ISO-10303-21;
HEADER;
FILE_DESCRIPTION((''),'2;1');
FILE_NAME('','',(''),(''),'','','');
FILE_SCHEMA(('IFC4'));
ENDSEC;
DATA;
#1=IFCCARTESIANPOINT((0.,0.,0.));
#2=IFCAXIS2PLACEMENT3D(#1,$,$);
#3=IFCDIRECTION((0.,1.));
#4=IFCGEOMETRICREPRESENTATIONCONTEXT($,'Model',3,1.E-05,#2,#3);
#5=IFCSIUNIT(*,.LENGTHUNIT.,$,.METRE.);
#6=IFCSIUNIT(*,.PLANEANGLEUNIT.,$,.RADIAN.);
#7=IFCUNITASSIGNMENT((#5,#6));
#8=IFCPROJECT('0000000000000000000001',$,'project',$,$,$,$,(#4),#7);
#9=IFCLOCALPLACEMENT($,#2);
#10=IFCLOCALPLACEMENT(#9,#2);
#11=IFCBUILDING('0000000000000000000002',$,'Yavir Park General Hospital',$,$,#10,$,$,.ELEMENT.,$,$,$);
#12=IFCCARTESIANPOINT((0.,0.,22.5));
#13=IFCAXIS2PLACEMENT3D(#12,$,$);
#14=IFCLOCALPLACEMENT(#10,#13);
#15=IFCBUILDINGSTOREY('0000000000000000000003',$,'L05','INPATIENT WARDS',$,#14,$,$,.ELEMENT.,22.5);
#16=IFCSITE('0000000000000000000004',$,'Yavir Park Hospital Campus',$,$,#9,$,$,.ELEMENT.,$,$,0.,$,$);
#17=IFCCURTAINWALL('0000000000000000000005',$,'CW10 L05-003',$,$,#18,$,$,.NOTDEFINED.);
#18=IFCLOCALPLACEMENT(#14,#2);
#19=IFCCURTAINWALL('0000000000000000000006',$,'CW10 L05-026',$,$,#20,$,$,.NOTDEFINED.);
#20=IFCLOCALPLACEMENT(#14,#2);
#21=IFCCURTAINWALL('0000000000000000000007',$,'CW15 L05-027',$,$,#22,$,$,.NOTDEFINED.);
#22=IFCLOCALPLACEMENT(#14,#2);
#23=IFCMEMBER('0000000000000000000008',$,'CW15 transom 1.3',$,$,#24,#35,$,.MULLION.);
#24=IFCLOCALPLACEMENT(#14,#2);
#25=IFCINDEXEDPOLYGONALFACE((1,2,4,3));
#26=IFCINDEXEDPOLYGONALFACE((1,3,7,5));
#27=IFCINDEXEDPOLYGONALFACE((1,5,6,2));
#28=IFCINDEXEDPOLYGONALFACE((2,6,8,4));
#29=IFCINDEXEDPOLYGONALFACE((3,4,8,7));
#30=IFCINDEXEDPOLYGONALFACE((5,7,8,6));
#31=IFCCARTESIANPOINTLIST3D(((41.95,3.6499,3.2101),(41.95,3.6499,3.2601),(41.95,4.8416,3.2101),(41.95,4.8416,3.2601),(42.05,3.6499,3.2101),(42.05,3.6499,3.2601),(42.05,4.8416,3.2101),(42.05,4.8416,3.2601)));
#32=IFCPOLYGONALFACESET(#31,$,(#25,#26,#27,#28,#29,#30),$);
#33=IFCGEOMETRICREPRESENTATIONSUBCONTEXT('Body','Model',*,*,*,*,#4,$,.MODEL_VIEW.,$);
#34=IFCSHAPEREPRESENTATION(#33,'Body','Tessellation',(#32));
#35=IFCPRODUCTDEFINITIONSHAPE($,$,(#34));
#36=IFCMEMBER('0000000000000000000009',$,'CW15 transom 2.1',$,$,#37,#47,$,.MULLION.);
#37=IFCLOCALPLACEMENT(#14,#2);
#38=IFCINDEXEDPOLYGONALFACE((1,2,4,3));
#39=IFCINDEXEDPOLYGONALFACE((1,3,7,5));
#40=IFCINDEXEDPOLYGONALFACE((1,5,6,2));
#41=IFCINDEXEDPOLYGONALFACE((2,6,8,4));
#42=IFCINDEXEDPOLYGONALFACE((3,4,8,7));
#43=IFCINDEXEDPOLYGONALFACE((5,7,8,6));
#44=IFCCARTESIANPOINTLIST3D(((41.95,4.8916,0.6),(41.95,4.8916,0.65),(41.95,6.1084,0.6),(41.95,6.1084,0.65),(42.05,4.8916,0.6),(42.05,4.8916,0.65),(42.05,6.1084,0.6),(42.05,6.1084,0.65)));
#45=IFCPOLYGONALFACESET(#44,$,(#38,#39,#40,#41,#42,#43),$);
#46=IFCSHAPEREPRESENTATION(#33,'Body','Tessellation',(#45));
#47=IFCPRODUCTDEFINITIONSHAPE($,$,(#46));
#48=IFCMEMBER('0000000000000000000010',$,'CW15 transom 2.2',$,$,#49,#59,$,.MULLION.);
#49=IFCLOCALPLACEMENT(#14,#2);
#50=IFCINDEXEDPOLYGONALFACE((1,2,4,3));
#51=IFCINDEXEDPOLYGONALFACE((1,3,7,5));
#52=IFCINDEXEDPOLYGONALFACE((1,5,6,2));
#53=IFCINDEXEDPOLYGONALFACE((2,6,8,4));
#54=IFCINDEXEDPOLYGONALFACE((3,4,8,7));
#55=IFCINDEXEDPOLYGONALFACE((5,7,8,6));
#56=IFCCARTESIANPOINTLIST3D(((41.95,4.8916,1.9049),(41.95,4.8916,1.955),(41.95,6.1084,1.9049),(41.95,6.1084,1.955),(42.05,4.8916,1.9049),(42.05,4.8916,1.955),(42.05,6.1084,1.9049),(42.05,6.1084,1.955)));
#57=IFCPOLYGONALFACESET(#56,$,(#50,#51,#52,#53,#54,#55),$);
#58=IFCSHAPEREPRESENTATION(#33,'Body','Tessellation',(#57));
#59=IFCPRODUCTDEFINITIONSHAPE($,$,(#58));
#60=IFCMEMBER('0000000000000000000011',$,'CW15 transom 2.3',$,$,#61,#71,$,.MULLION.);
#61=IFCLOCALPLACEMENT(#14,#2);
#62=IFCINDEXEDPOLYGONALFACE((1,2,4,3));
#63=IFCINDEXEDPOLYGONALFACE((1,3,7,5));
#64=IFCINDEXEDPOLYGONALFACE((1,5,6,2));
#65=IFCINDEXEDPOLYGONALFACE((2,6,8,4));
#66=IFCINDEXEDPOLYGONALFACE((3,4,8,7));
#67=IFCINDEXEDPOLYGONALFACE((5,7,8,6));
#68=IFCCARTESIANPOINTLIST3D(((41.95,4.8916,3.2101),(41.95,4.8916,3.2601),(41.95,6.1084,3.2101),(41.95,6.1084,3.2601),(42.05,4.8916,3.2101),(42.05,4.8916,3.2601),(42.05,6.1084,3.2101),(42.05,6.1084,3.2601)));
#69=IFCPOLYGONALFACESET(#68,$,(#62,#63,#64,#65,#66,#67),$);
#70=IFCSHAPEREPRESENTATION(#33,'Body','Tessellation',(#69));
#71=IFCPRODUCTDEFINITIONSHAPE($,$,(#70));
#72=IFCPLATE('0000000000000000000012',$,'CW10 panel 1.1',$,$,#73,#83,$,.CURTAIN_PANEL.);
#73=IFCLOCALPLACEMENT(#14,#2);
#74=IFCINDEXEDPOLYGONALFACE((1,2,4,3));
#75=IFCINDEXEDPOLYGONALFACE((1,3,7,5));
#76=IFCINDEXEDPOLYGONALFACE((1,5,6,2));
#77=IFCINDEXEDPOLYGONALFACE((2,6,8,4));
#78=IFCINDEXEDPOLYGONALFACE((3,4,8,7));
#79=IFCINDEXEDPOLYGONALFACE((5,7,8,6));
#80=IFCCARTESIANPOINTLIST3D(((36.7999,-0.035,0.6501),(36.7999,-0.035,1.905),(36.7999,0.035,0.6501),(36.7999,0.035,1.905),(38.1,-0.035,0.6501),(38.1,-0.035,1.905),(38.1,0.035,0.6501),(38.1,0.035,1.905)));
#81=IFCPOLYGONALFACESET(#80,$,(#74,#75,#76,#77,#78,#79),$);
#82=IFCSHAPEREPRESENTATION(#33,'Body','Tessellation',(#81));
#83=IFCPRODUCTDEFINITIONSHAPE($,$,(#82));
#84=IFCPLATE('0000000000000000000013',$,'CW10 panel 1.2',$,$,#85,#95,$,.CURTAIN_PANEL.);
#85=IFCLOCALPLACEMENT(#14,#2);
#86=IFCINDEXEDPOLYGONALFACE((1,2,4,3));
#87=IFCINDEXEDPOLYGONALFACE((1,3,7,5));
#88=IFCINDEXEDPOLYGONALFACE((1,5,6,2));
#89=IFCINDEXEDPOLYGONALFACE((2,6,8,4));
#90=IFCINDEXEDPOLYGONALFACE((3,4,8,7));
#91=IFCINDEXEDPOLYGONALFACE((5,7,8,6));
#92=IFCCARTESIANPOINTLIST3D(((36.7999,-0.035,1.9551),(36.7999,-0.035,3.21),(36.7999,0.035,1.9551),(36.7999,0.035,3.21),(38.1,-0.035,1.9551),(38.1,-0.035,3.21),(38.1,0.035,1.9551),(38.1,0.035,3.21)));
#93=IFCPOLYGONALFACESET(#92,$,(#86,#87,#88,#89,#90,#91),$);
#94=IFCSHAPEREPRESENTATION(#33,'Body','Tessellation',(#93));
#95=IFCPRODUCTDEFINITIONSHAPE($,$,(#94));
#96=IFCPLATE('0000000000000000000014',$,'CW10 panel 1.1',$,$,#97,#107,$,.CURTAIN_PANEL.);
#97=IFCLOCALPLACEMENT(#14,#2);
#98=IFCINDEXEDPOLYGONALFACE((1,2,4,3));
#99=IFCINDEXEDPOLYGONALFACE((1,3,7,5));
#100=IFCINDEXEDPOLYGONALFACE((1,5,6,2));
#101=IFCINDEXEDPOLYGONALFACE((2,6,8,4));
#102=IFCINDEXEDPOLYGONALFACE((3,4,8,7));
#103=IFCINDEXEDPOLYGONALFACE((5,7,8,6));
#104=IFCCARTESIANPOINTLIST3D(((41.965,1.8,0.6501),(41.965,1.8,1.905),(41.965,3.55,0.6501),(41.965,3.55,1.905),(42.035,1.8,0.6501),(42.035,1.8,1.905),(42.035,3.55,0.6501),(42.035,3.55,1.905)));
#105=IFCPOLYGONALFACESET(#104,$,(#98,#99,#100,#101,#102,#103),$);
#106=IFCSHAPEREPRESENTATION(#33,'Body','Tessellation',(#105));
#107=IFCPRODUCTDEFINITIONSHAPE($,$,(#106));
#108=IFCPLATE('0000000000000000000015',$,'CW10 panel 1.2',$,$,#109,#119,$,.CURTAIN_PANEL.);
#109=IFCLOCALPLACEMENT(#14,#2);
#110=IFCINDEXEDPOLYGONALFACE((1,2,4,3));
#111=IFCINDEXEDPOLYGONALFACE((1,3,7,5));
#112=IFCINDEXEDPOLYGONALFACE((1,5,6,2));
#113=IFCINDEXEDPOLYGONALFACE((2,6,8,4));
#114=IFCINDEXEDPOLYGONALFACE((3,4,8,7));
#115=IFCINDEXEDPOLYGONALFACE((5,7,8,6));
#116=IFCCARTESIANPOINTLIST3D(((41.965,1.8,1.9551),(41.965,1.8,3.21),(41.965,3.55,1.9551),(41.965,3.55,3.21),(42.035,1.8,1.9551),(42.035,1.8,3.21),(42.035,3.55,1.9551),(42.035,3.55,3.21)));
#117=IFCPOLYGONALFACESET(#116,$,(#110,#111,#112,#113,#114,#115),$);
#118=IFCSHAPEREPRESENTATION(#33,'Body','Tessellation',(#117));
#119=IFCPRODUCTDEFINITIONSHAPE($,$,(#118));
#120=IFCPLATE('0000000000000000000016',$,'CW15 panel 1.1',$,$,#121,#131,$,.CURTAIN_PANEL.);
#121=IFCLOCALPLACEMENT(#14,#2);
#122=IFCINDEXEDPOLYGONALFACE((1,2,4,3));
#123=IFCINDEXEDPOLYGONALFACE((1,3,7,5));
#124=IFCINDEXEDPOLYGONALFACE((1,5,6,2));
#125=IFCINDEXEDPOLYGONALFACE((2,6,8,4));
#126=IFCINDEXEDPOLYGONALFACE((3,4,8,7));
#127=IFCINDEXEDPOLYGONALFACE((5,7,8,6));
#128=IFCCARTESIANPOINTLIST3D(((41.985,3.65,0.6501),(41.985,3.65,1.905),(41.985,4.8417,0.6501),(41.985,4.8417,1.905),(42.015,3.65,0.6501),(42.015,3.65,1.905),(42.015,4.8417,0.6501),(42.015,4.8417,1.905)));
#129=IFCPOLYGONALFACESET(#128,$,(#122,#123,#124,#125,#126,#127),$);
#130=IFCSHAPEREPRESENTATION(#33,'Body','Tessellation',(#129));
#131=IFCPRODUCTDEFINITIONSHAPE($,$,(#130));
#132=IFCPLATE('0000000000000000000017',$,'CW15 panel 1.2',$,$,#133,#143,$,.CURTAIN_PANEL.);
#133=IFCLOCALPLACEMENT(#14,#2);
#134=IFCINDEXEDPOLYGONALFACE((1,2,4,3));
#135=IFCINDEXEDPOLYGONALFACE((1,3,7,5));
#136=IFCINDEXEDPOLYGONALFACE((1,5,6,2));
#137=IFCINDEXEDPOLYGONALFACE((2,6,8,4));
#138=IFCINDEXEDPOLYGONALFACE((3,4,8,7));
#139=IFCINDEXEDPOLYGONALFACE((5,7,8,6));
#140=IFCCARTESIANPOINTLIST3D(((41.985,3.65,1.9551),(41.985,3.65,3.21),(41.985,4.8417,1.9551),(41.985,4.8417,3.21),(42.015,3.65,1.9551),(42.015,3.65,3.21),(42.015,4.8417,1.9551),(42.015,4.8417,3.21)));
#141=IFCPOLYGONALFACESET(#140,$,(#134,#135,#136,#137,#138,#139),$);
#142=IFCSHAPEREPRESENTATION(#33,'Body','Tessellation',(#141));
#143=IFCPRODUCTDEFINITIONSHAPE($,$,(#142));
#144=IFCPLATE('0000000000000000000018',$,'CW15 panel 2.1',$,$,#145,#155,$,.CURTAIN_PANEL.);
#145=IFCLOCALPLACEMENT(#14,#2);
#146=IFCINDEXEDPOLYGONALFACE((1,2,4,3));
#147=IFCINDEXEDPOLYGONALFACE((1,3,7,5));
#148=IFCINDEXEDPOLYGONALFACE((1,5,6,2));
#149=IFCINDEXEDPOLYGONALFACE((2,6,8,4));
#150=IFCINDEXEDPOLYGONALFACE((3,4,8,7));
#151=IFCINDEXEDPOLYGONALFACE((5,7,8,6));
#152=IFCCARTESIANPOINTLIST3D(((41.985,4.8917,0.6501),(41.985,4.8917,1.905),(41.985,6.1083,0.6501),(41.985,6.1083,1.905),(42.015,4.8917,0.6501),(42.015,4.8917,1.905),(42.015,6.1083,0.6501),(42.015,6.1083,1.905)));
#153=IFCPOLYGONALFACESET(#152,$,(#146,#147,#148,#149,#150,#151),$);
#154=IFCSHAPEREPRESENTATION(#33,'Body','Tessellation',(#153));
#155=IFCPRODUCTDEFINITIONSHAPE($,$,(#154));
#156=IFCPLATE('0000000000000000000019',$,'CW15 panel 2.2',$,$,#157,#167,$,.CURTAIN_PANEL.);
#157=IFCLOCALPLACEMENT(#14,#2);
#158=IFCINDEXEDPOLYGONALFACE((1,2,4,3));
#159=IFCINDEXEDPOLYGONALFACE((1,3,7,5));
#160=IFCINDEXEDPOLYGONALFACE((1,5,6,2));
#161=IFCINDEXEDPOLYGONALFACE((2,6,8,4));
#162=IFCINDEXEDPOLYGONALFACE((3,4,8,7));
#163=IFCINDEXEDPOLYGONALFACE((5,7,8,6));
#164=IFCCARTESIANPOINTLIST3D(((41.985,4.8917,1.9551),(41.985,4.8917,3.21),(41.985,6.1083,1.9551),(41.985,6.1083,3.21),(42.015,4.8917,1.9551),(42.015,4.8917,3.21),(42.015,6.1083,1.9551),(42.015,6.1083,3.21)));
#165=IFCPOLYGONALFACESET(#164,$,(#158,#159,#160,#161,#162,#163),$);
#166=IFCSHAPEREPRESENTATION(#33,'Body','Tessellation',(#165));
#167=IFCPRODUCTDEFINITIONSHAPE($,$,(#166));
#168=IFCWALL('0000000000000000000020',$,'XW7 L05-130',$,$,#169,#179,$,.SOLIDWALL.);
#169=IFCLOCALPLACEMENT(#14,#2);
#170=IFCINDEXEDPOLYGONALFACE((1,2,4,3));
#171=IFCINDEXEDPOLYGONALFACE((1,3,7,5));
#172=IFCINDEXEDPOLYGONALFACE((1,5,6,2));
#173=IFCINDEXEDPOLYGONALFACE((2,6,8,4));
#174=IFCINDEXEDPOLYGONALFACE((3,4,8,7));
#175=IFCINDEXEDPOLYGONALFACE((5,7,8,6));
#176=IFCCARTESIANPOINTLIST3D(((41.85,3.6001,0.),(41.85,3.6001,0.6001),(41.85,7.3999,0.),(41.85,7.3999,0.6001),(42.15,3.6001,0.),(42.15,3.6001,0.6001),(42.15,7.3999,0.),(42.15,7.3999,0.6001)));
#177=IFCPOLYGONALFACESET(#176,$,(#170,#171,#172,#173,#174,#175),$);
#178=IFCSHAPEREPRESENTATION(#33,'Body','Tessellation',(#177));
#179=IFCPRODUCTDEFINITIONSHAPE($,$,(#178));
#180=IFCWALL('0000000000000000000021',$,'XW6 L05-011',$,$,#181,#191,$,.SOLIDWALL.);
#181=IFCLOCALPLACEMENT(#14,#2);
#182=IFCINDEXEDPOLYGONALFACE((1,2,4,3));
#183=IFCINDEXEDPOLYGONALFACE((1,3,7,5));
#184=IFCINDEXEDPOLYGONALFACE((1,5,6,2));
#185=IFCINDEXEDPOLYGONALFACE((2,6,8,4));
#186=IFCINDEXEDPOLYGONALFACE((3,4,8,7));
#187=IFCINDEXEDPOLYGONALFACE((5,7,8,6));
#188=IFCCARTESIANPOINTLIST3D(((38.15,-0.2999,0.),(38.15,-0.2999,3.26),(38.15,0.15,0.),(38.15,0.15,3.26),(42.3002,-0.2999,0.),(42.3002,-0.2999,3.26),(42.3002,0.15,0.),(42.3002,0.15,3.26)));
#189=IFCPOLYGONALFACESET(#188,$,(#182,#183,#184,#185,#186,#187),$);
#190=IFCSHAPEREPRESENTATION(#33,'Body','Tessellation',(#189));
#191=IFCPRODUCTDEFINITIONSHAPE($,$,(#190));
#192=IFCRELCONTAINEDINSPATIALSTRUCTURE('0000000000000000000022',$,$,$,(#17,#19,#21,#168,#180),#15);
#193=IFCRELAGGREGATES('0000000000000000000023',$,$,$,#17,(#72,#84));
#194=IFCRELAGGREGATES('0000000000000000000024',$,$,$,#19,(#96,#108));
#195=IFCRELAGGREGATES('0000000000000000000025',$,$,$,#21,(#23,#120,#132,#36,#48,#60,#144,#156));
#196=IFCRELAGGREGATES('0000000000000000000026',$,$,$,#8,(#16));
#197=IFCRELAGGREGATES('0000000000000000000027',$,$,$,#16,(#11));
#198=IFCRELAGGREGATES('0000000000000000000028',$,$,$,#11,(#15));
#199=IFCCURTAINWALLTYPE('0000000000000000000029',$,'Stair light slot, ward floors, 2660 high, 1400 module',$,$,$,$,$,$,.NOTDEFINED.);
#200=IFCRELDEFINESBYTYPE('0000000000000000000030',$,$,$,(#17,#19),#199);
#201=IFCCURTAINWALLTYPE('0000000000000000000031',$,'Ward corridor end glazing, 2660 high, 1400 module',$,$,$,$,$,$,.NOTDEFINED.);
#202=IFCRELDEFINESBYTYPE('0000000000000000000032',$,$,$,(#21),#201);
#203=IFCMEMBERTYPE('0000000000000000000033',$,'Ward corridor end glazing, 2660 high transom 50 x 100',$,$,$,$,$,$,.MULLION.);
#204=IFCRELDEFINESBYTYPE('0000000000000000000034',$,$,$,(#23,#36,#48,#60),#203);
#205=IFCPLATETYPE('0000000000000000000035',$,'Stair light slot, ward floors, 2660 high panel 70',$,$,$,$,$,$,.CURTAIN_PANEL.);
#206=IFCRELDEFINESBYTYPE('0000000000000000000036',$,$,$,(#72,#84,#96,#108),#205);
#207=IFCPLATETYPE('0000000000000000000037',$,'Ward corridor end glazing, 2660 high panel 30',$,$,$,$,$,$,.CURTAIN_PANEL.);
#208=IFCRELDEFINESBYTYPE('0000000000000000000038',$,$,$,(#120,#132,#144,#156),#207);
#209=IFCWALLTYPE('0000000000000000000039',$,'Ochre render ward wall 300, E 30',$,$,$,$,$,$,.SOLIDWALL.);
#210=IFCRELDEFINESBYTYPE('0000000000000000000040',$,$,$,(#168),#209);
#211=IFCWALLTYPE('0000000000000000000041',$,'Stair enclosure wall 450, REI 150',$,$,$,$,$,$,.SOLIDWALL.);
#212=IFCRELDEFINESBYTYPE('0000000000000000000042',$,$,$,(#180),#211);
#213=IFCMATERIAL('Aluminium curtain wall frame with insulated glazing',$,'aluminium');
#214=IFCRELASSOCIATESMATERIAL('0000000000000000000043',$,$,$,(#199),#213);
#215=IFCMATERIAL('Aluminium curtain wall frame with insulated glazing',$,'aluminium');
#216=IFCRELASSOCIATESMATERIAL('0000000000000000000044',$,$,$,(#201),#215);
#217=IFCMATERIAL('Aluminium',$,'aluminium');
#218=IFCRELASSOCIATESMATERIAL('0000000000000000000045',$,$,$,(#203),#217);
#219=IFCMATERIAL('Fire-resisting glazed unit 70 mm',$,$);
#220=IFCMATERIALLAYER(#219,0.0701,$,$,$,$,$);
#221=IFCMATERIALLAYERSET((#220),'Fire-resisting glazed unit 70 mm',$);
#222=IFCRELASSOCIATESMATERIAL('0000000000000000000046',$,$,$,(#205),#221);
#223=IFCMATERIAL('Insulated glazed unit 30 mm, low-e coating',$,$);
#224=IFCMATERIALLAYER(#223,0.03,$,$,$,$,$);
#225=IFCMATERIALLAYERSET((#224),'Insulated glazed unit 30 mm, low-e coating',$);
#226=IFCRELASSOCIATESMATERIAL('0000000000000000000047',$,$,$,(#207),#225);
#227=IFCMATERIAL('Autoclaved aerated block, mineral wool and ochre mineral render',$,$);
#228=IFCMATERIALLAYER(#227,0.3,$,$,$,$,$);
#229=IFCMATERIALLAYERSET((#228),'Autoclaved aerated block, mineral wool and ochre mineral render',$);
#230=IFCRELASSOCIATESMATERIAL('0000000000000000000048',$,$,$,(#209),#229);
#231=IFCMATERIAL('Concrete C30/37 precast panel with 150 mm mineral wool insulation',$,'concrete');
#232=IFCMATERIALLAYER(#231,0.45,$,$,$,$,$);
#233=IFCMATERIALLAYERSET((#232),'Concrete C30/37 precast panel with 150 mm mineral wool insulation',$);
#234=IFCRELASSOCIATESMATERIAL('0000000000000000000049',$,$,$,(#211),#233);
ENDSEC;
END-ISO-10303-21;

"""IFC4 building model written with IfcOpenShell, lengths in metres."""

from ifc_helpers import new_model, si_unit, direction, frame, frame_2d, origin, origin_2d, place, context, subcontext, project, spatial, rectangle, extrude, material, layer, layer_set, material_profile, profile_set, type_object, element, aggregate, save


model = new_model("IFC4")

# Units and contexts
model_context = context("Model", 3, precision=1e-05, world=origin(), true_north=direction((0.0, 1.0)))
body_context = subcontext(model_context, "Body", "Model", "MODEL_VIEW")
ifc_project = project(units=[si_unit("LENGTHUNIT", "METRE"), si_unit("PLANEANGLEUNIT", "RADIAN")], contexts=[model_context])

# Site, building, storey
site_placement = place(None, origin())
site = spatial("IfcSite", under=ifc_project, at=site_placement, Name="Yavir Park Hospital Campus", CompositionType="ELEMENT", RefElevation=0.0)
building_placement = place(site_placement, origin())
building = spatial("IfcBuilding", under=site, at=building_placement, Name="Yavir Park General Hospital", CompositionType="ELEMENT")
storey_placement = place(building_placement, frame((0.0, 0.0, 22.5)))
storey = spatial("IfcBuildingStorey", under=building, at=storey_placement, Name="L05", Description="INPATIENT WARDS", CompositionType="ELEMENT", Elevation=22.5)

# Curtain walls
ifc_material_1 = material(Name="Aluminium curtain wall frame with insulated glazing", Category="aluminium")
curtain_wall_type_1 = type_object("IfcCurtainWallType", Name="Stair light slot, ward floors, 2660 high, 1400 module", PredefinedType="NOTDEFINED", material=ifc_material_1)
curtain_wall_1_placement = place(storey_placement, origin())
curtain_wall_1 = element("IfcCurtainWall", 1, at=curtain_wall_1_placement, inside=storey, type_object=curtain_wall_type_1, Name="CW10 L05-003", PredefinedType="NOTDEFINED")
curtain_wall_2_placement = place(storey_placement, origin())
curtain_wall_2 = element("IfcCurtainWall", 2, at=curtain_wall_2_placement, inside=storey, type_object=curtain_wall_type_1, Name="CW10 L05-026", PredefinedType="NOTDEFINED")

# Curtain wall, members
ifc_material_2 = material(Name="Aluminium curtain wall frame with insulated glazing", Category="aluminium")
curtain_wall_type_2 = type_object("IfcCurtainWallType", Name="Ward corridor end glazing, 2660 high, 1400 module", PredefinedType="NOTDEFINED", material=ifc_material_2)
curtain_wall_3_placement = place(storey_placement, origin())
curtain_wall_3 = element("IfcCurtainWall", 3, at=curtain_wall_3_placement, inside=storey, type_object=curtain_wall_type_2, Name="CW15 L05-027", PredefinedType="NOTDEFINED")
ifc_material_3 = material(Name="Aluminium", Category="aluminium")
ifc_material_profile_1 = material_profile(ifc_material_3, rectangle(XDim=0.1001, YDim=0.05, at=origin_2d()), Name="AL 100x50")
ifc_profile_set_1 = profile_set([ifc_material_profile_1], Name="Aluminium")
member_type_1 = type_object("IfcMemberType", Name="Ward corridor end glazing, 2660 high transom 50 x 100", PredefinedType="MULLION", material=ifc_profile_set_1)
member_1_placement = place(storey_placement, frame((42.0, 3.6499, 3.2351), z_axis=(0.0, 1.0, 0.0), x_axis=(-1.0, 0.0, 0.0)))
member_1 = element("IfcMember", 4, at=member_1_placement, type_object=member_type_1, Name="CW15 transom 1.3", PredefinedType="MULLION", context=body_context, shape_type="SweptSolid", body=[
    extrude(rectangle(XDim=0.1001, YDim=0.05, at=origin_2d()), origin(), (0.0, 0.0, 1.0), 1.1917),
])
member_2_placement = place(storey_placement, frame((42.0, 4.8916, 0.625), z_axis=(0.0, 1.0, 0.0), x_axis=(-1.0, 0.0, 0.0)))
member_2 = element("IfcMember", 5, at=member_2_placement, type_object=member_type_1, Name="CW15 transom 2.1", PredefinedType="MULLION", context=body_context, shape_type="SweptSolid", body=[
    extrude(rectangle(XDim=0.1001, YDim=0.05, at=origin_2d()), origin(), (0.0, 0.0, 1.0), 1.2168),
])
member_3_placement = place(storey_placement, frame((42.0, 4.8916, 1.9299), z_axis=(0.0, 1.0, 0.0), x_axis=(-1.0, 0.0, 0.0)))
member_3 = element("IfcMember", 6, at=member_3_placement, type_object=member_type_1, Name="CW15 transom 2.2", PredefinedType="MULLION", context=body_context, shape_type="SweptSolid", body=[
    extrude(rectangle(XDim=0.1001, YDim=0.05, at=origin_2d()), origin(), (0.0, 0.0, 1.0), 1.2168),
])
member_4_placement = place(storey_placement, frame((42.0, 4.8916, 3.2351), z_axis=(0.0, 1.0, 0.0), x_axis=(-1.0, 0.0, 0.0)))
member_4 = element("IfcMember", 7, at=member_4_placement, type_object=member_type_1, Name="CW15 transom 2.3", PredefinedType="MULLION", context=body_context, shape_type="SweptSolid", body=[
    extrude(rectangle(XDim=0.1001, YDim=0.05, at=origin_2d()), origin(), (0.0, 0.0, 1.0), 1.2168),
])

# Plates
ifc_material_4 = material(Name="Fire-resisting glazed unit 70 mm")
ifc_layer_1 = layer(ifc_material_4, 0.0701)
ifc_layer_set_1 = layer_set([ifc_layer_1], Name="Fire-resisting glazed unit 70 mm")
plate_type_1 = type_object("IfcPlateType", Name="Stair light slot, ward floors, 2660 high panel 70", PredefinedType="CURTAIN_PANEL", material=ifc_layer_set_1)
plate_1_placement = place(storey_placement, frame((37.45, 0.0, 0.6501), z_axis=(0.0, 0.0, 1.0), x_axis=(1.0, 0.0, 0.0)))
plate_1 = element("IfcPlate", 8, at=plate_1_placement, type_object=plate_type_1, Name="CW10 panel 1.1", PredefinedType="CURTAIN_PANEL", context=body_context, shape_type="SweptSolid", body=[
    extrude(rectangle(XDim=1.3, YDim=0.0701, at=origin_2d()), origin(), (0.0, 0.0, 1.0), 1.2549),
])
plate_2_placement = place(storey_placement, frame((37.45, 0.0, 1.9551), z_axis=(0.0, 0.0, 1.0), x_axis=(1.0, 0.0, 0.0)))
plate_2 = element("IfcPlate", 9, at=plate_2_placement, type_object=plate_type_1, Name="CW10 panel 1.2", PredefinedType="CURTAIN_PANEL", context=body_context, shape_type="SweptSolid", body=[
    extrude(rectangle(XDim=1.3, YDim=0.0701, at=origin_2d()), origin(), (0.0, 0.0, 1.0), 1.2549),
])
aggregate(curtain_wall_1, [plate_1, plate_2])
plate_3_placement = place(storey_placement, frame((42.0, 2.675, 0.6501), z_axis=(0.0, 0.0, 1.0), x_axis=(0.0, 1.0, 0.0)))
plate_3 = element("IfcPlate", 10, at=plate_3_placement, type_object=plate_type_1, Name="CW10 panel 1.1", PredefinedType="CURTAIN_PANEL", context=body_context, shape_type="SweptSolid", body=[
    extrude(rectangle(XDim=1.75, YDim=0.0701, at=origin_2d()), origin(), (0.0, 0.0, 1.0), 1.2549),
])
plate_4_placement = place(storey_placement, frame((42.0, 2.675, 1.9551), z_axis=(0.0, 0.0, 1.0), x_axis=(0.0, 1.0, 0.0)))
plate_4 = element("IfcPlate", 11, at=plate_4_placement, type_object=plate_type_1, Name="CW10 panel 1.2", PredefinedType="CURTAIN_PANEL", context=body_context, shape_type="SweptSolid", body=[
    extrude(rectangle(XDim=1.75, YDim=0.0701, at=origin_2d()), origin(), (0.0, 0.0, 1.0), 1.2549),
])
aggregate(curtain_wall_2, [plate_3, plate_4])
ifc_material_5 = material(Name="Insulated glazed unit 30 mm, low-e coating")
ifc_layer_2 = layer(ifc_material_5, 0.03)
ifc_layer_set_2 = layer_set([ifc_layer_2], Name="Insulated glazed unit 30 mm, low-e coating")
plate_type_2 = type_object("IfcPlateType", Name="Ward corridor end glazing, 2660 high panel 30", PredefinedType="CURTAIN_PANEL", material=ifc_layer_set_2)
plate_5_placement = place(storey_placement, frame((42.0, 4.2458, 0.6501), z_axis=(0.0, 0.0, 1.0), x_axis=(0.0, 1.0, 0.0)))
plate_5 = element("IfcPlate", 12, at=plate_5_placement, type_object=plate_type_2, Name="CW15 panel 1.1", PredefinedType="CURTAIN_PANEL", context=body_context, shape_type="SweptSolid", body=[
    extrude(rectangle(XDim=1.1917, YDim=0.03, at=origin_2d()), origin(), (0.0, 0.0, 1.0), 1.2549),
])
plate_6_placement = place(storey_placement, frame((42.0, 4.2458, 1.9551), z_axis=(0.0, 0.0, 1.0), x_axis=(0.0, 1.0, 0.0)))
plate_6 = element("IfcPlate", 13, at=plate_6_placement, type_object=plate_type_2, Name="CW15 panel 1.2", PredefinedType="CURTAIN_PANEL", context=body_context, shape_type="SweptSolid", body=[
    extrude(rectangle(XDim=1.1917, YDim=0.03, at=origin_2d()), origin(), (0.0, 0.0, 1.0), 1.2549),
])
plate_7_placement = place(storey_placement, frame((42.0, 5.5, 0.6501), z_axis=(0.0, 0.0, 1.0), x_axis=(0.0, 1.0, 0.0)))
plate_7 = element("IfcPlate", 14, at=plate_7_placement, type_object=plate_type_2, Name="CW15 panel 2.1", PredefinedType="CURTAIN_PANEL", context=body_context, shape_type="SweptSolid", body=[
    extrude(rectangle(XDim=1.2166, YDim=0.03, at=origin_2d()), origin(), (0.0, 0.0, 1.0), 1.2549),
])
plate_8_placement = place(storey_placement, frame((42.0, 5.5, 1.9551), z_axis=(0.0, 0.0, 1.0), x_axis=(0.0, 1.0, 0.0)))
plate_8 = element("IfcPlate", 15, at=plate_8_placement, type_object=plate_type_2, Name="CW15 panel 2.2", PredefinedType="CURTAIN_PANEL", context=body_context, shape_type="SweptSolid", body=[
    extrude(rectangle(XDim=1.2166, YDim=0.03, at=origin_2d()), origin(), (0.0, 0.0, 1.0), 1.2549),
])
aggregate(curtain_wall_3, [member_1, plate_5, plate_6, member_2, member_3, member_4, plate_7, plate_8])

# Walls
ifc_material_6 = material(Name="Autoclaved aerated block, mineral wool and ochre mineral render")
ifc_layer_3 = layer(ifc_material_6, 0.3)
ifc_layer_set_3 = layer_set([ifc_layer_3], Name="Autoclaved aerated block, mineral wool and ochre mineral render")
wall_type_1 = type_object("IfcWallType", Name="Ochre render ward wall 300, E 30", PredefinedType="SOLIDWALL", material=ifc_layer_set_3)
wall_1_placement = place(storey_placement, frame((42.0, 3.6001, 0.0), z_axis=(0.0, 0.0, 1.0), x_axis=(0.0, 1.0, 0.0)))
element("IfcWall", 16, at=wall_1_placement, inside=storey, type_object=wall_type_1, Name="XW7 L05-130", PredefinedType="SOLIDWALL", context=body_context, shape_type="SweptSolid", body=[
    extrude(rectangle(XDim=3.7998, YDim=0.3, at=frame_2d((1.8999, 0.0))), origin(), (0.0, 0.0, 1.0), 0.6001),
])
ifc_material_7 = material(Name="Concrete C30/37 precast panel with 150 mm mineral wool insulation", Category="concrete")
ifc_layer_4 = layer(ifc_material_7, 0.45)
ifc_layer_set_4 = layer_set([ifc_layer_4], Name="Concrete C30/37 precast panel with 150 mm mineral wool insulation")
wall_type_2 = type_object("IfcWallType", Name="Stair enclosure wall 450, REI 150", PredefinedType="SOLIDWALL", material=ifc_layer_set_4)
wall_2_placement = place(storey_placement, frame((38.1499, -0.075, 0.0), z_axis=(0.0, 0.0, 1.0), x_axis=(1.0, 0.0, 0.0)))
element("IfcWall", 17, at=wall_2_placement, inside=storey, type_object=wall_type_2, Name="XW6 L05-011", PredefinedType="SOLIDWALL", context=body_context, shape_type="SweptSolid", body=[
    extrude(rectangle(XDim=4.1501, YDim=0.45, at=frame_2d((2.0752, 0.0))), origin(), (0.0, 0.0, 1.0), 3.26),
])

save(model, "model.ifc")
